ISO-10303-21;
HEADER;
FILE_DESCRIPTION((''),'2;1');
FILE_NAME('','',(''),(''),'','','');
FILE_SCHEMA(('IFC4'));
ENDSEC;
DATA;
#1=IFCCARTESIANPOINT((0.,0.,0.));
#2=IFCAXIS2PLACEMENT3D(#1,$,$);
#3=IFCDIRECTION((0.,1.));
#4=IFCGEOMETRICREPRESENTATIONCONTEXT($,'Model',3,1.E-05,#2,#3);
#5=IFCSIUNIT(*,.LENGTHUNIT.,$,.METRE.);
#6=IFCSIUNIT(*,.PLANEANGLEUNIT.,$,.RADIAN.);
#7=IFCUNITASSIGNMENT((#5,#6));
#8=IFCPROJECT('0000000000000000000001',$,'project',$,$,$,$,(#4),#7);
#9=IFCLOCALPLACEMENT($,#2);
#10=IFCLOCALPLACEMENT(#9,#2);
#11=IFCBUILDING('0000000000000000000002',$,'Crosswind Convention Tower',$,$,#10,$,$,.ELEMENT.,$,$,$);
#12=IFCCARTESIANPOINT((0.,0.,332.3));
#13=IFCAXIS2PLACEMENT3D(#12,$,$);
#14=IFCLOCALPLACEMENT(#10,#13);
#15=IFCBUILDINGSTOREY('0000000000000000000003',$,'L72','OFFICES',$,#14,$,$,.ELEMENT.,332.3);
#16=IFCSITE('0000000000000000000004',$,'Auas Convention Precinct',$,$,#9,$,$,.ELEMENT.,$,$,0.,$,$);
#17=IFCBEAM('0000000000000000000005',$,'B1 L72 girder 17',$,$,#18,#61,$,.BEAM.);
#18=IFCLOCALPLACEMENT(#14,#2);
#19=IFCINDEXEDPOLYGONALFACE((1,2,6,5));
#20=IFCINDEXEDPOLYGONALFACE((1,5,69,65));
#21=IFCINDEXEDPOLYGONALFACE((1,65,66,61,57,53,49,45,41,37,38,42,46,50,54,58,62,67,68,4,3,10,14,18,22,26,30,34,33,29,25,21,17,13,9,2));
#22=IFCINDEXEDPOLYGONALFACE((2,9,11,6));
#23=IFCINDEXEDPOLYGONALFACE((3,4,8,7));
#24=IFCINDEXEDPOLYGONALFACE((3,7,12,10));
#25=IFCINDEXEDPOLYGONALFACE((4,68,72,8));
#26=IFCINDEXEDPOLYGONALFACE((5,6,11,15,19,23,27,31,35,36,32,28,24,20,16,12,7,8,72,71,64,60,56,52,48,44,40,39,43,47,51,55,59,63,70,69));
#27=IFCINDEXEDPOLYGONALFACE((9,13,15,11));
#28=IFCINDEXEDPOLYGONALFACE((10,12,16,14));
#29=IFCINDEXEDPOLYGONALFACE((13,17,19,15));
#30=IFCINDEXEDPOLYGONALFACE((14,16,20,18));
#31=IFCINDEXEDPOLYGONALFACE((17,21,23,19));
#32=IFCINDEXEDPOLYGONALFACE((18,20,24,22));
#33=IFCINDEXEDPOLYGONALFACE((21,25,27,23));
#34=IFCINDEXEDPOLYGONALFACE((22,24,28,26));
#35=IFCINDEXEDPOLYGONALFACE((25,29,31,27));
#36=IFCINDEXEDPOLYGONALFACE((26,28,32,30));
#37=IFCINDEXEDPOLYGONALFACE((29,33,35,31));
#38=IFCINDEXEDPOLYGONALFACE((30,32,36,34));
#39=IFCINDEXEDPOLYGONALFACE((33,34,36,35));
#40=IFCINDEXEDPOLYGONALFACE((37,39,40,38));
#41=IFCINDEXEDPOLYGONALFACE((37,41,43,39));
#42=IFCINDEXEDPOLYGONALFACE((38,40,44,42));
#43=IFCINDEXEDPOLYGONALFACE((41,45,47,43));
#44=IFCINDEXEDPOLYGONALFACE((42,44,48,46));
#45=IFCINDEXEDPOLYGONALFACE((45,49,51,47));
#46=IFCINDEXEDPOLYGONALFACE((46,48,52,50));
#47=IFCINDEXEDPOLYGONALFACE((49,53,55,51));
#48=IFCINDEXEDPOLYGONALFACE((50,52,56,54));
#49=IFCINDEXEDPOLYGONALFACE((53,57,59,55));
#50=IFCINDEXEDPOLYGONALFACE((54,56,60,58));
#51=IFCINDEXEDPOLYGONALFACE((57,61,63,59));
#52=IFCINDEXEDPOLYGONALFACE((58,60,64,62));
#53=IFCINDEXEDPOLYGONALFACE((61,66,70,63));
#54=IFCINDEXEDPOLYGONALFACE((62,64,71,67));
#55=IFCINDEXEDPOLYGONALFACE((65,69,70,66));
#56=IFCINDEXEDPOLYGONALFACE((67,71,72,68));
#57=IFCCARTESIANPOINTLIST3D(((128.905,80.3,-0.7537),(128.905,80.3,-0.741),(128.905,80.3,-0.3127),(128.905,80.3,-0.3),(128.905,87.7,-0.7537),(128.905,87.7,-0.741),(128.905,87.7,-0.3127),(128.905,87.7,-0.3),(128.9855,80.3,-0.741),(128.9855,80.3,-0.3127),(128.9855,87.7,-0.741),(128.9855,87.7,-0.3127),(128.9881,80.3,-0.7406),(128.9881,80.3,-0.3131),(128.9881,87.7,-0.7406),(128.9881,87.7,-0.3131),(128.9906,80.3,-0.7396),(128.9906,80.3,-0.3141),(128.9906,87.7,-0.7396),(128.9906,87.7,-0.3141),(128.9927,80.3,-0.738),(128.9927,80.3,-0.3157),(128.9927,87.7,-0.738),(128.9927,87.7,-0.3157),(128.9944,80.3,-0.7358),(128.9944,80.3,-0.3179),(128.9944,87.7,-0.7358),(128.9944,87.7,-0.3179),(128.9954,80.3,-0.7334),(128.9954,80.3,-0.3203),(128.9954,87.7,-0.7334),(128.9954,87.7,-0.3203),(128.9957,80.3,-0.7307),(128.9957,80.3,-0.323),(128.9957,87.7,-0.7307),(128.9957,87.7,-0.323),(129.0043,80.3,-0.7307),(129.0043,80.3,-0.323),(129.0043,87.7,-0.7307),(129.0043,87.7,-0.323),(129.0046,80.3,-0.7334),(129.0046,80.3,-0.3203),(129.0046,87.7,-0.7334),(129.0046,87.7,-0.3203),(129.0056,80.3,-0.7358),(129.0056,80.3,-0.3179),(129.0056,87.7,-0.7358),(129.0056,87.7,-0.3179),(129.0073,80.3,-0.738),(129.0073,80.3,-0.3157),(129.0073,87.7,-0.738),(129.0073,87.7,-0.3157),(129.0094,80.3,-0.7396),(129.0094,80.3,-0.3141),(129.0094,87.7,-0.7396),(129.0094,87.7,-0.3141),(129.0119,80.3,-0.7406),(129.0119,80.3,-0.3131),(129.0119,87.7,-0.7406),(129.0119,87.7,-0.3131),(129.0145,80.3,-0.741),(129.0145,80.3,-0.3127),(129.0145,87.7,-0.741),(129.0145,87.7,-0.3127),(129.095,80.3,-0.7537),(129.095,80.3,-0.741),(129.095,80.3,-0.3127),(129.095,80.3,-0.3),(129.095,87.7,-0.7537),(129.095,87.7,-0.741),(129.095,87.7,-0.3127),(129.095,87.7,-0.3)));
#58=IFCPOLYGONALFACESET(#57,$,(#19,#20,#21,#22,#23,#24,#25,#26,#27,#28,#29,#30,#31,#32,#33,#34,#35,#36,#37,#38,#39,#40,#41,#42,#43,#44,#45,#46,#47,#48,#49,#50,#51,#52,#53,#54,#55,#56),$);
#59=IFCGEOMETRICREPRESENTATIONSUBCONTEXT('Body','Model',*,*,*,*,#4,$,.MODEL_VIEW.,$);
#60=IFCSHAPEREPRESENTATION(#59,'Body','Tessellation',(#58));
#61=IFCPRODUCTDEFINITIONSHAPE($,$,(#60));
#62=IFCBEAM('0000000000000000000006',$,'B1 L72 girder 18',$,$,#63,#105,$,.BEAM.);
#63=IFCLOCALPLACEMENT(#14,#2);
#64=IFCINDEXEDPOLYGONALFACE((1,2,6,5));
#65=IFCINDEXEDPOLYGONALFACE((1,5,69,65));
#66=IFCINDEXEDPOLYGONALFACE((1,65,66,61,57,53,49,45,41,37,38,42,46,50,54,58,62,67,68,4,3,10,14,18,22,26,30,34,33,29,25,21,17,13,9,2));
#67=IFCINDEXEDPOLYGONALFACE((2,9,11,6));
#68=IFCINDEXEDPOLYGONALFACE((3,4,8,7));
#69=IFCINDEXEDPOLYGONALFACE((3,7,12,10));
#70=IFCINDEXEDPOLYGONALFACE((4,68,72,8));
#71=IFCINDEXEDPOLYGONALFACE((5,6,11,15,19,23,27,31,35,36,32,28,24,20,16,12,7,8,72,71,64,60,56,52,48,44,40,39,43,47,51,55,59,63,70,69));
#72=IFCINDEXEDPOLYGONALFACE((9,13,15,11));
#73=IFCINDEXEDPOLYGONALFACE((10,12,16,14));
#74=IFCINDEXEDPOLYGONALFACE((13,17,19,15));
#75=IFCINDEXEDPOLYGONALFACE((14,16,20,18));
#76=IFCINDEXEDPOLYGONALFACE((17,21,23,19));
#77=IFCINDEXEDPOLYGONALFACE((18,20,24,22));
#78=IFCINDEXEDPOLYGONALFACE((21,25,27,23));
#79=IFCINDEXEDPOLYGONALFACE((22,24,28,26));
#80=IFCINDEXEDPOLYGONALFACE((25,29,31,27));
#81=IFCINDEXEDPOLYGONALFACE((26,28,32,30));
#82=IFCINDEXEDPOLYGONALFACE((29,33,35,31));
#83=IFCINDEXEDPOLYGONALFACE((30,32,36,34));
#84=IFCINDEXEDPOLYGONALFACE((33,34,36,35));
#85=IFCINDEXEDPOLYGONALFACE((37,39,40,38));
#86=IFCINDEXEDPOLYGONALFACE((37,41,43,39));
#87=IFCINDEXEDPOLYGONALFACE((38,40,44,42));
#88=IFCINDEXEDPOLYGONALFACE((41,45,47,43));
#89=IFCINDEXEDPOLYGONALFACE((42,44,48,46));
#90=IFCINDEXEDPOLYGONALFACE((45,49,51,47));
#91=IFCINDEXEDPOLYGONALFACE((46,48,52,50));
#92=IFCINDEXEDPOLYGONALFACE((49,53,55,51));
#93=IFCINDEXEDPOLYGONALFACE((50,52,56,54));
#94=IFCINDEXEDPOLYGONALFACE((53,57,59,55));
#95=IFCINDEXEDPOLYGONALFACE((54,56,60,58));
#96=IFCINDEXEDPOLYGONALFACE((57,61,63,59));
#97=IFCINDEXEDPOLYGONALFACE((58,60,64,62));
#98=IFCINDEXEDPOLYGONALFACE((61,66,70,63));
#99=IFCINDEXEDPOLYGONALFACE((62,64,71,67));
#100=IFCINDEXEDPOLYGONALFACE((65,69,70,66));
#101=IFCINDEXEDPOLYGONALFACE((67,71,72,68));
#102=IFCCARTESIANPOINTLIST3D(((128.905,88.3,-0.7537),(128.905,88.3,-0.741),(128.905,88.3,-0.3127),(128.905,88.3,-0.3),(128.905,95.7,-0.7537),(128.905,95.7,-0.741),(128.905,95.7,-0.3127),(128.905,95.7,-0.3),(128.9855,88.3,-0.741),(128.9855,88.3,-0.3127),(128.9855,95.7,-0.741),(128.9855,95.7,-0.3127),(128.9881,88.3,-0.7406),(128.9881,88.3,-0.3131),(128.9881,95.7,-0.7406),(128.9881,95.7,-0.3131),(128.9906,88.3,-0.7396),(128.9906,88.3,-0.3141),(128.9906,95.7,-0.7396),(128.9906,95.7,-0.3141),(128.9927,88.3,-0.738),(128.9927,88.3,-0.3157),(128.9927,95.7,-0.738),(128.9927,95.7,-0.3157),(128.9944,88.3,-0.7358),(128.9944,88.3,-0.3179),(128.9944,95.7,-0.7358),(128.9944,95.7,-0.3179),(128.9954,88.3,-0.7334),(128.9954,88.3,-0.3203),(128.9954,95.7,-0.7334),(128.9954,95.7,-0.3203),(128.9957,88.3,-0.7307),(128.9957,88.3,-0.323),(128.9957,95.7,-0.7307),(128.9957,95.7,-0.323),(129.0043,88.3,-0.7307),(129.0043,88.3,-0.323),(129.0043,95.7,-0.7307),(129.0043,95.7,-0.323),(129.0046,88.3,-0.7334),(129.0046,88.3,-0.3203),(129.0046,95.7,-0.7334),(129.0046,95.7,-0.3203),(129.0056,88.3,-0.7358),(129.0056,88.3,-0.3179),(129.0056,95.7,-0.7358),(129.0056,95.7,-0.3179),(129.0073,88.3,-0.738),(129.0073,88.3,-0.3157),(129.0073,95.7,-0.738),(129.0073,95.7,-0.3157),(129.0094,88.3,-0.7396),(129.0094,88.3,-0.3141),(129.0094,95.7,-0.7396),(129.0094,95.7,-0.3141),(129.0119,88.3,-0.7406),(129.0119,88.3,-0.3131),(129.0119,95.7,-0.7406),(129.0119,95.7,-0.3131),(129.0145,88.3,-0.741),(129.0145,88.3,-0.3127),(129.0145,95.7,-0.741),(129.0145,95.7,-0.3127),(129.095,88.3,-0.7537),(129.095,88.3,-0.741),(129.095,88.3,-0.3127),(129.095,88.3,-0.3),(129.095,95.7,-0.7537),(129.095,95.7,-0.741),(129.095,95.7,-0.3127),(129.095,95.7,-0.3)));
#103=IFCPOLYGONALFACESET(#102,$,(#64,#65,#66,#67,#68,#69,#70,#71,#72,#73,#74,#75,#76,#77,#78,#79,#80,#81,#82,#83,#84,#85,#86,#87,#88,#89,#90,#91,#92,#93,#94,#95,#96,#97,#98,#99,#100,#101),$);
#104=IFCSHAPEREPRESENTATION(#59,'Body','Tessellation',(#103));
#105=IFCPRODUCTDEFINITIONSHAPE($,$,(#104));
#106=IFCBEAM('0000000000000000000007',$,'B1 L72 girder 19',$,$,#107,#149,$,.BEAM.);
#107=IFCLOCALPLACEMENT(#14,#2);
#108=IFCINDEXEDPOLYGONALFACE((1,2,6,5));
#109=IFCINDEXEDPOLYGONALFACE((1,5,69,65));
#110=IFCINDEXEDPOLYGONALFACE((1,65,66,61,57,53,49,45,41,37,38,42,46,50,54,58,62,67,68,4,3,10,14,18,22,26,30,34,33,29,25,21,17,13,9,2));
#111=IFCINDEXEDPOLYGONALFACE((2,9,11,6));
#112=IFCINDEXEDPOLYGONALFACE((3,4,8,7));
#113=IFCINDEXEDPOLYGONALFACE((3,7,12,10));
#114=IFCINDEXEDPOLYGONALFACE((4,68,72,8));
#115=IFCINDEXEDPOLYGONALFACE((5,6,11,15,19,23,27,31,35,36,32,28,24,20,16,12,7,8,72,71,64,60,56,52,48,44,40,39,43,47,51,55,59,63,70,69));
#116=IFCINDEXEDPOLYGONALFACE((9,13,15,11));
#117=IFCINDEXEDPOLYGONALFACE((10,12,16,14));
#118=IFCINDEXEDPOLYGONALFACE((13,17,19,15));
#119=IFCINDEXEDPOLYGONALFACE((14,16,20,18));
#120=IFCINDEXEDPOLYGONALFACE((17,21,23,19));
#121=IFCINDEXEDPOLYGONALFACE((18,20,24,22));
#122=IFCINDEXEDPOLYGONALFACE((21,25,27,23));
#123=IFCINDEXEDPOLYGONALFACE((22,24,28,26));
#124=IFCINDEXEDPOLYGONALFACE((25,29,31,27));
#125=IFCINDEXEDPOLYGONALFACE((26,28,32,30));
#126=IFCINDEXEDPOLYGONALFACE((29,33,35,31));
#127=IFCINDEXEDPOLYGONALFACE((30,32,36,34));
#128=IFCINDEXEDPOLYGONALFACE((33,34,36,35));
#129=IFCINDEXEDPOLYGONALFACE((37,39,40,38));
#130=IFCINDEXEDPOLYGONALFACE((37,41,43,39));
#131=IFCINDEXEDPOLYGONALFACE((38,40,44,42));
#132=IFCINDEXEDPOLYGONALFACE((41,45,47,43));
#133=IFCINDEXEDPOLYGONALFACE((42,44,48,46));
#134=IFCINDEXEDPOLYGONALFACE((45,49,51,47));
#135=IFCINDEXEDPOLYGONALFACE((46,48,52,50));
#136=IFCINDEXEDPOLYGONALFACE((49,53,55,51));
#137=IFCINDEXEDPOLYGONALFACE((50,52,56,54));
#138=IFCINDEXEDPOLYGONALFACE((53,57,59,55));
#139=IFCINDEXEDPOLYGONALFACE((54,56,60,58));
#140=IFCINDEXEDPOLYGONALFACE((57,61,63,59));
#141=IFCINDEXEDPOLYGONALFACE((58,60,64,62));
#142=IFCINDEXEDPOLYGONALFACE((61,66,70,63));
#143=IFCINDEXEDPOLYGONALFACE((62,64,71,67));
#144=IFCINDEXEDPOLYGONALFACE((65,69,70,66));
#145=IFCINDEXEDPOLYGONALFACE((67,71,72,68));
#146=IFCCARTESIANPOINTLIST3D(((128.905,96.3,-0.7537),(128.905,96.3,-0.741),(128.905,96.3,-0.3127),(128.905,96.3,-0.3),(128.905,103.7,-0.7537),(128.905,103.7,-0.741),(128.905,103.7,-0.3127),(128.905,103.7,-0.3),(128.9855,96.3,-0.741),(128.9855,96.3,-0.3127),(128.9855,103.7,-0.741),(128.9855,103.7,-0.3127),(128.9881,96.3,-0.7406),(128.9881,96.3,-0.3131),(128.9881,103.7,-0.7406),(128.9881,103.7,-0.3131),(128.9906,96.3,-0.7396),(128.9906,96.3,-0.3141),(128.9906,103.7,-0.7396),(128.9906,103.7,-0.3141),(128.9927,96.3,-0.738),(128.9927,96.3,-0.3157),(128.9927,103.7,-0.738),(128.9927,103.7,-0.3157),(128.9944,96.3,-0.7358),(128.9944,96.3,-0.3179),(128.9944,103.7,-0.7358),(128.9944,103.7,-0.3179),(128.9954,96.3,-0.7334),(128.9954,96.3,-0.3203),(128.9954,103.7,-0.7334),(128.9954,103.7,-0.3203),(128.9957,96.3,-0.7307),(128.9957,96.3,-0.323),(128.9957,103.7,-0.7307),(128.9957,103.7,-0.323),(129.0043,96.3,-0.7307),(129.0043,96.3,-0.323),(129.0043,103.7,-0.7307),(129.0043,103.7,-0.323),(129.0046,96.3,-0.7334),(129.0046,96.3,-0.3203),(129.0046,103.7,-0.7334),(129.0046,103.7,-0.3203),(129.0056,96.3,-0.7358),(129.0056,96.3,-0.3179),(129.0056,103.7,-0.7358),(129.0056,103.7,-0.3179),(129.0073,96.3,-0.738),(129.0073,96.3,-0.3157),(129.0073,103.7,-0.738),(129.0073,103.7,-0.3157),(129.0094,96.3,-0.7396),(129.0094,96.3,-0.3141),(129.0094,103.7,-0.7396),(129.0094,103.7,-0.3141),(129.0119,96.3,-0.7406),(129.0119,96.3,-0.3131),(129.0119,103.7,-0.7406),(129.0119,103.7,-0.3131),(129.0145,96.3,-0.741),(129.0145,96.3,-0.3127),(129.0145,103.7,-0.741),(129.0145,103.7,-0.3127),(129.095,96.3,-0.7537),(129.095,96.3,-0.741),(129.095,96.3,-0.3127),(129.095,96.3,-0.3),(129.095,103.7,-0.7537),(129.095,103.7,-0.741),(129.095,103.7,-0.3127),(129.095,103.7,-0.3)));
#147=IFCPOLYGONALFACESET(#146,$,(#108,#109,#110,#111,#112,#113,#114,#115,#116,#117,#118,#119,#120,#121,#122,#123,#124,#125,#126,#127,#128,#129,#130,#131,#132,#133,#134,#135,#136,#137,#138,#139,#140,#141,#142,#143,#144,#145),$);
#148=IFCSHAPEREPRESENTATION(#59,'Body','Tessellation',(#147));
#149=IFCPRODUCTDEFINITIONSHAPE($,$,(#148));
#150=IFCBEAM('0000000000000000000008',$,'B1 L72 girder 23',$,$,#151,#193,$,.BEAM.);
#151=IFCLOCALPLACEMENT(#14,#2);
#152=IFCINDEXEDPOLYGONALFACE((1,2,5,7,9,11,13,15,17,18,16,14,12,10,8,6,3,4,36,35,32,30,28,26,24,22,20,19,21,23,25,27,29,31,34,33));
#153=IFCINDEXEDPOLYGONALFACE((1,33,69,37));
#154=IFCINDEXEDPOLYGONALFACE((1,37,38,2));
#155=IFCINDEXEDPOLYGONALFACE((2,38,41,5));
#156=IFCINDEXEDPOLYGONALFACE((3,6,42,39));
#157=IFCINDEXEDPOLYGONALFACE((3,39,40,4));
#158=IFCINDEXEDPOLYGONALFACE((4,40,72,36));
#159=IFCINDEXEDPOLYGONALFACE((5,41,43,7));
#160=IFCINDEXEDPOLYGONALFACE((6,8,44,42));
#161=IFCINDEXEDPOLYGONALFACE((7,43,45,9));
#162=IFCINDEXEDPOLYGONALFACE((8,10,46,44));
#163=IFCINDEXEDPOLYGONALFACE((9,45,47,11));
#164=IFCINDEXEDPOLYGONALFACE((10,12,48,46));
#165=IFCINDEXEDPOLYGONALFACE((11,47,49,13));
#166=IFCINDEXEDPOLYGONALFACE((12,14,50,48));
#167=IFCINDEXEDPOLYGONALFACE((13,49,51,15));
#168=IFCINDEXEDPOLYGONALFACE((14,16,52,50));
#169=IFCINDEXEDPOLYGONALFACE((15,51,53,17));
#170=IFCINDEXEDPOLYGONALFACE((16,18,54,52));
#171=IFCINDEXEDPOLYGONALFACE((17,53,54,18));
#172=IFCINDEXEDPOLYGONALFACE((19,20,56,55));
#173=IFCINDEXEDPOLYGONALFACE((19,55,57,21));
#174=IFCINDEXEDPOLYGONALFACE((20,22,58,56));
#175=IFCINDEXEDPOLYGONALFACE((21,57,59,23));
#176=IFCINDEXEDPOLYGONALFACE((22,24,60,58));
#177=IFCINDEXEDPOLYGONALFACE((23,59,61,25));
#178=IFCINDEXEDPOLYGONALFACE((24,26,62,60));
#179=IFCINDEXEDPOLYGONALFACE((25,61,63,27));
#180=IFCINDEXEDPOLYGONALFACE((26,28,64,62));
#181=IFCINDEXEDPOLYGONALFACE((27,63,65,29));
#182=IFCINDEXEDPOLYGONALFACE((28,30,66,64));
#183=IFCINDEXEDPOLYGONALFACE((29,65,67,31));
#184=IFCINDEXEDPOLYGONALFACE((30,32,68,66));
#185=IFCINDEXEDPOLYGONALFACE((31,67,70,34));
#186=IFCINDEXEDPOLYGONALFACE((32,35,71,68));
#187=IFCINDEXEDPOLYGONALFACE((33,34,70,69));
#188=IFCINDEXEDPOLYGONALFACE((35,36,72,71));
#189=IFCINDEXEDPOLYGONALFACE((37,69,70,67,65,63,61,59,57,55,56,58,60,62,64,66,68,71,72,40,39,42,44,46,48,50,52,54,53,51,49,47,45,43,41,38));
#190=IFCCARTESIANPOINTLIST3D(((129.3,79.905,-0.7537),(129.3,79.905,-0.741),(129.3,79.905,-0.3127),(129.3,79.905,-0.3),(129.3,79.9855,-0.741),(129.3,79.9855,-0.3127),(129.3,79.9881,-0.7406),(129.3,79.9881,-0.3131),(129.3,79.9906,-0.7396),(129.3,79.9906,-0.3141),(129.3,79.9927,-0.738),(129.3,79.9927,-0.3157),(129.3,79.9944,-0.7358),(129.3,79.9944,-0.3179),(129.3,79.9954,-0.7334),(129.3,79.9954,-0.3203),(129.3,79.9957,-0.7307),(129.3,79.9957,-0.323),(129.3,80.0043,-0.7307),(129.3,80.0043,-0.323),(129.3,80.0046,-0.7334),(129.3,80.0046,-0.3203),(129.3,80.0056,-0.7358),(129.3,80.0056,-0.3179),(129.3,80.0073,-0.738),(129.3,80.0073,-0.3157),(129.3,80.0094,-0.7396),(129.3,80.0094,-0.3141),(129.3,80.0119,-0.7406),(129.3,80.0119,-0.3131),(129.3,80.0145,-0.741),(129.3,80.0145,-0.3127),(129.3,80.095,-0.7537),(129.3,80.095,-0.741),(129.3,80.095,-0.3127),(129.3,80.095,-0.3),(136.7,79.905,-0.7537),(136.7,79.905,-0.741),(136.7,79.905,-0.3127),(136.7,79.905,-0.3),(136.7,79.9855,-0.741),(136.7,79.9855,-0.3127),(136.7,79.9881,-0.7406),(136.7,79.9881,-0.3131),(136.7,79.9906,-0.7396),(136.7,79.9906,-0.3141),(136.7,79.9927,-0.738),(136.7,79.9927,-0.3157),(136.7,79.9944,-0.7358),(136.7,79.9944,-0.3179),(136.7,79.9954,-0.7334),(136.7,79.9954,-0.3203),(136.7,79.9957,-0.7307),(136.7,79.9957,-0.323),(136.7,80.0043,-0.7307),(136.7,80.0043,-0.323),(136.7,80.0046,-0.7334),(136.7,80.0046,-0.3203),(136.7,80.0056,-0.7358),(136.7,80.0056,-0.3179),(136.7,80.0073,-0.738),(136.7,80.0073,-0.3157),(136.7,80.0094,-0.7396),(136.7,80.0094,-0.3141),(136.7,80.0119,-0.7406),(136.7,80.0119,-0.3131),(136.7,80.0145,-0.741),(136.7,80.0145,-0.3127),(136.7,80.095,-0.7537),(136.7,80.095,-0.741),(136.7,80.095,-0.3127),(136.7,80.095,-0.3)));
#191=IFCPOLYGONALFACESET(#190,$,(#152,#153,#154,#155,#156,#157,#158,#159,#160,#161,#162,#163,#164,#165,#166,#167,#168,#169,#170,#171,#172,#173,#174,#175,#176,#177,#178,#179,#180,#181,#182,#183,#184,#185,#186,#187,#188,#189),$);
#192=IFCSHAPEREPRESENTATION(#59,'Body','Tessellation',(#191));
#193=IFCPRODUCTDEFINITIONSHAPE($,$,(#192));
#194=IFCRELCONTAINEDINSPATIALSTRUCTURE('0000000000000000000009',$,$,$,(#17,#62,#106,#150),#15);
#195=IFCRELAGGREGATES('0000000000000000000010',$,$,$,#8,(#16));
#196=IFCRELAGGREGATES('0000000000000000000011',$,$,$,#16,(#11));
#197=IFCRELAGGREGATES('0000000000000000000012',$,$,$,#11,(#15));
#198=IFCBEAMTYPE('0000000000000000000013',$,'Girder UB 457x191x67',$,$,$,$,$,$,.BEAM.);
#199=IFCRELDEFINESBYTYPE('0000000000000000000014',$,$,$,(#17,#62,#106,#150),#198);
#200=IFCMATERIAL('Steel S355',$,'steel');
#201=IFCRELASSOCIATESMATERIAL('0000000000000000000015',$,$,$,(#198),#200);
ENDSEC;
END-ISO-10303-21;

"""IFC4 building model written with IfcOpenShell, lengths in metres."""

from ifc_helpers import new_model, si_unit, direction, frame, origin, origin_2d, place, context, subcontext, project, spatial, i_section, extrude, material, material_profile, profile_set, type_object, element, save


model = new_model("IFC4")

# Units and contexts
model_context = context("Model", 3, precision=1e-05, world=origin(), true_north=direction((0.0, 1.0)))
body_context = subcontext(model_context, "Body", "Model", "MODEL_VIEW")
ifc_project = project(units=[si_unit("LENGTHUNIT", "METRE"), si_unit("PLANEANGLEUNIT", "RADIAN")], contexts=[model_context])

# Site, building, storey
site_placement = place(None, origin())
site = spatial("IfcSite", under=ifc_project, at=site_placement, Name="Auas Convention Precinct", CompositionType="ELEMENT", RefElevation=0.0)
building_placement = place(site_placement, origin())
building = spatial("IfcBuilding", under=site, at=building_placement, Name="Crosswind Convention Tower", CompositionType="ELEMENT")
storey_placement = place(building_placement, frame((0.0, 0.0, 332.3)))
storey = spatial("IfcBuildingStorey", under=building, at=storey_placement, Name="L72", Description="OFFICES", CompositionType="ELEMENT", Elevation=332.3)

# Beams
ifc_material_1 = material(Name="Steel S355", Category="steel")
ifc_material_profile_1 = material_profile(ifc_material_1, i_section(OverallWidth=0.1899, OverallDepth=0.4536, WebThickness=0.0085, FlangeThickness=0.0127, FilletRadius=0.0103, at=origin_2d()), Name="UB 457x191x67")
ifc_profile_set_1 = profile_set([ifc_material_profile_1], Name="Steel S355")
beam_type_1 = type_object("IfcBeamType", Name="Girder UB 457x191x67", PredefinedType="BEAM", material=ifc_profile_set_1)
for number, where, z_axis, x_axis, name in (
    (1, (129.0, 80.3, -0.5269), (0.0, 1.0, 0.0), (-1.0, 0.0, 0.0), "B1 L72 girder 17"),
    (2, (129.0, 88.3, -0.5269), (0.0, 1.0, 0.0), (-1.0, 0.0, 0.0), "B1 L72 girder 18"),
    (3, (129.0, 96.3, -0.5269), (0.0, 1.0, 0.0), (-1.0, 0.0, 0.0), "B1 L72 girder 19"),
    (4, (129.3, 80.0, -0.5269), (1.0, 0.0, 0.0), (0.0, 1.0, 0.0), "B1 L72 girder 23"),
):
    element("IfcBeam", number, at=place(storey_placement, frame(where, z_axis=z_axis, x_axis=x_axis)), inside=storey, type_object=beam_type_1, Name=name, PredefinedType="BEAM", context=body_context, shape_type="SweptSolid", body=[
        extrude(i_section(OverallWidth=0.1899, OverallDepth=0.4536, WebThickness=0.0085, FlangeThickness=0.0127, FilletRadius=0.0103, at=origin_2d()), origin(), (0.0, 0.0, 1.0), 7.3999),
    ])

save(model, "model.ifc")
